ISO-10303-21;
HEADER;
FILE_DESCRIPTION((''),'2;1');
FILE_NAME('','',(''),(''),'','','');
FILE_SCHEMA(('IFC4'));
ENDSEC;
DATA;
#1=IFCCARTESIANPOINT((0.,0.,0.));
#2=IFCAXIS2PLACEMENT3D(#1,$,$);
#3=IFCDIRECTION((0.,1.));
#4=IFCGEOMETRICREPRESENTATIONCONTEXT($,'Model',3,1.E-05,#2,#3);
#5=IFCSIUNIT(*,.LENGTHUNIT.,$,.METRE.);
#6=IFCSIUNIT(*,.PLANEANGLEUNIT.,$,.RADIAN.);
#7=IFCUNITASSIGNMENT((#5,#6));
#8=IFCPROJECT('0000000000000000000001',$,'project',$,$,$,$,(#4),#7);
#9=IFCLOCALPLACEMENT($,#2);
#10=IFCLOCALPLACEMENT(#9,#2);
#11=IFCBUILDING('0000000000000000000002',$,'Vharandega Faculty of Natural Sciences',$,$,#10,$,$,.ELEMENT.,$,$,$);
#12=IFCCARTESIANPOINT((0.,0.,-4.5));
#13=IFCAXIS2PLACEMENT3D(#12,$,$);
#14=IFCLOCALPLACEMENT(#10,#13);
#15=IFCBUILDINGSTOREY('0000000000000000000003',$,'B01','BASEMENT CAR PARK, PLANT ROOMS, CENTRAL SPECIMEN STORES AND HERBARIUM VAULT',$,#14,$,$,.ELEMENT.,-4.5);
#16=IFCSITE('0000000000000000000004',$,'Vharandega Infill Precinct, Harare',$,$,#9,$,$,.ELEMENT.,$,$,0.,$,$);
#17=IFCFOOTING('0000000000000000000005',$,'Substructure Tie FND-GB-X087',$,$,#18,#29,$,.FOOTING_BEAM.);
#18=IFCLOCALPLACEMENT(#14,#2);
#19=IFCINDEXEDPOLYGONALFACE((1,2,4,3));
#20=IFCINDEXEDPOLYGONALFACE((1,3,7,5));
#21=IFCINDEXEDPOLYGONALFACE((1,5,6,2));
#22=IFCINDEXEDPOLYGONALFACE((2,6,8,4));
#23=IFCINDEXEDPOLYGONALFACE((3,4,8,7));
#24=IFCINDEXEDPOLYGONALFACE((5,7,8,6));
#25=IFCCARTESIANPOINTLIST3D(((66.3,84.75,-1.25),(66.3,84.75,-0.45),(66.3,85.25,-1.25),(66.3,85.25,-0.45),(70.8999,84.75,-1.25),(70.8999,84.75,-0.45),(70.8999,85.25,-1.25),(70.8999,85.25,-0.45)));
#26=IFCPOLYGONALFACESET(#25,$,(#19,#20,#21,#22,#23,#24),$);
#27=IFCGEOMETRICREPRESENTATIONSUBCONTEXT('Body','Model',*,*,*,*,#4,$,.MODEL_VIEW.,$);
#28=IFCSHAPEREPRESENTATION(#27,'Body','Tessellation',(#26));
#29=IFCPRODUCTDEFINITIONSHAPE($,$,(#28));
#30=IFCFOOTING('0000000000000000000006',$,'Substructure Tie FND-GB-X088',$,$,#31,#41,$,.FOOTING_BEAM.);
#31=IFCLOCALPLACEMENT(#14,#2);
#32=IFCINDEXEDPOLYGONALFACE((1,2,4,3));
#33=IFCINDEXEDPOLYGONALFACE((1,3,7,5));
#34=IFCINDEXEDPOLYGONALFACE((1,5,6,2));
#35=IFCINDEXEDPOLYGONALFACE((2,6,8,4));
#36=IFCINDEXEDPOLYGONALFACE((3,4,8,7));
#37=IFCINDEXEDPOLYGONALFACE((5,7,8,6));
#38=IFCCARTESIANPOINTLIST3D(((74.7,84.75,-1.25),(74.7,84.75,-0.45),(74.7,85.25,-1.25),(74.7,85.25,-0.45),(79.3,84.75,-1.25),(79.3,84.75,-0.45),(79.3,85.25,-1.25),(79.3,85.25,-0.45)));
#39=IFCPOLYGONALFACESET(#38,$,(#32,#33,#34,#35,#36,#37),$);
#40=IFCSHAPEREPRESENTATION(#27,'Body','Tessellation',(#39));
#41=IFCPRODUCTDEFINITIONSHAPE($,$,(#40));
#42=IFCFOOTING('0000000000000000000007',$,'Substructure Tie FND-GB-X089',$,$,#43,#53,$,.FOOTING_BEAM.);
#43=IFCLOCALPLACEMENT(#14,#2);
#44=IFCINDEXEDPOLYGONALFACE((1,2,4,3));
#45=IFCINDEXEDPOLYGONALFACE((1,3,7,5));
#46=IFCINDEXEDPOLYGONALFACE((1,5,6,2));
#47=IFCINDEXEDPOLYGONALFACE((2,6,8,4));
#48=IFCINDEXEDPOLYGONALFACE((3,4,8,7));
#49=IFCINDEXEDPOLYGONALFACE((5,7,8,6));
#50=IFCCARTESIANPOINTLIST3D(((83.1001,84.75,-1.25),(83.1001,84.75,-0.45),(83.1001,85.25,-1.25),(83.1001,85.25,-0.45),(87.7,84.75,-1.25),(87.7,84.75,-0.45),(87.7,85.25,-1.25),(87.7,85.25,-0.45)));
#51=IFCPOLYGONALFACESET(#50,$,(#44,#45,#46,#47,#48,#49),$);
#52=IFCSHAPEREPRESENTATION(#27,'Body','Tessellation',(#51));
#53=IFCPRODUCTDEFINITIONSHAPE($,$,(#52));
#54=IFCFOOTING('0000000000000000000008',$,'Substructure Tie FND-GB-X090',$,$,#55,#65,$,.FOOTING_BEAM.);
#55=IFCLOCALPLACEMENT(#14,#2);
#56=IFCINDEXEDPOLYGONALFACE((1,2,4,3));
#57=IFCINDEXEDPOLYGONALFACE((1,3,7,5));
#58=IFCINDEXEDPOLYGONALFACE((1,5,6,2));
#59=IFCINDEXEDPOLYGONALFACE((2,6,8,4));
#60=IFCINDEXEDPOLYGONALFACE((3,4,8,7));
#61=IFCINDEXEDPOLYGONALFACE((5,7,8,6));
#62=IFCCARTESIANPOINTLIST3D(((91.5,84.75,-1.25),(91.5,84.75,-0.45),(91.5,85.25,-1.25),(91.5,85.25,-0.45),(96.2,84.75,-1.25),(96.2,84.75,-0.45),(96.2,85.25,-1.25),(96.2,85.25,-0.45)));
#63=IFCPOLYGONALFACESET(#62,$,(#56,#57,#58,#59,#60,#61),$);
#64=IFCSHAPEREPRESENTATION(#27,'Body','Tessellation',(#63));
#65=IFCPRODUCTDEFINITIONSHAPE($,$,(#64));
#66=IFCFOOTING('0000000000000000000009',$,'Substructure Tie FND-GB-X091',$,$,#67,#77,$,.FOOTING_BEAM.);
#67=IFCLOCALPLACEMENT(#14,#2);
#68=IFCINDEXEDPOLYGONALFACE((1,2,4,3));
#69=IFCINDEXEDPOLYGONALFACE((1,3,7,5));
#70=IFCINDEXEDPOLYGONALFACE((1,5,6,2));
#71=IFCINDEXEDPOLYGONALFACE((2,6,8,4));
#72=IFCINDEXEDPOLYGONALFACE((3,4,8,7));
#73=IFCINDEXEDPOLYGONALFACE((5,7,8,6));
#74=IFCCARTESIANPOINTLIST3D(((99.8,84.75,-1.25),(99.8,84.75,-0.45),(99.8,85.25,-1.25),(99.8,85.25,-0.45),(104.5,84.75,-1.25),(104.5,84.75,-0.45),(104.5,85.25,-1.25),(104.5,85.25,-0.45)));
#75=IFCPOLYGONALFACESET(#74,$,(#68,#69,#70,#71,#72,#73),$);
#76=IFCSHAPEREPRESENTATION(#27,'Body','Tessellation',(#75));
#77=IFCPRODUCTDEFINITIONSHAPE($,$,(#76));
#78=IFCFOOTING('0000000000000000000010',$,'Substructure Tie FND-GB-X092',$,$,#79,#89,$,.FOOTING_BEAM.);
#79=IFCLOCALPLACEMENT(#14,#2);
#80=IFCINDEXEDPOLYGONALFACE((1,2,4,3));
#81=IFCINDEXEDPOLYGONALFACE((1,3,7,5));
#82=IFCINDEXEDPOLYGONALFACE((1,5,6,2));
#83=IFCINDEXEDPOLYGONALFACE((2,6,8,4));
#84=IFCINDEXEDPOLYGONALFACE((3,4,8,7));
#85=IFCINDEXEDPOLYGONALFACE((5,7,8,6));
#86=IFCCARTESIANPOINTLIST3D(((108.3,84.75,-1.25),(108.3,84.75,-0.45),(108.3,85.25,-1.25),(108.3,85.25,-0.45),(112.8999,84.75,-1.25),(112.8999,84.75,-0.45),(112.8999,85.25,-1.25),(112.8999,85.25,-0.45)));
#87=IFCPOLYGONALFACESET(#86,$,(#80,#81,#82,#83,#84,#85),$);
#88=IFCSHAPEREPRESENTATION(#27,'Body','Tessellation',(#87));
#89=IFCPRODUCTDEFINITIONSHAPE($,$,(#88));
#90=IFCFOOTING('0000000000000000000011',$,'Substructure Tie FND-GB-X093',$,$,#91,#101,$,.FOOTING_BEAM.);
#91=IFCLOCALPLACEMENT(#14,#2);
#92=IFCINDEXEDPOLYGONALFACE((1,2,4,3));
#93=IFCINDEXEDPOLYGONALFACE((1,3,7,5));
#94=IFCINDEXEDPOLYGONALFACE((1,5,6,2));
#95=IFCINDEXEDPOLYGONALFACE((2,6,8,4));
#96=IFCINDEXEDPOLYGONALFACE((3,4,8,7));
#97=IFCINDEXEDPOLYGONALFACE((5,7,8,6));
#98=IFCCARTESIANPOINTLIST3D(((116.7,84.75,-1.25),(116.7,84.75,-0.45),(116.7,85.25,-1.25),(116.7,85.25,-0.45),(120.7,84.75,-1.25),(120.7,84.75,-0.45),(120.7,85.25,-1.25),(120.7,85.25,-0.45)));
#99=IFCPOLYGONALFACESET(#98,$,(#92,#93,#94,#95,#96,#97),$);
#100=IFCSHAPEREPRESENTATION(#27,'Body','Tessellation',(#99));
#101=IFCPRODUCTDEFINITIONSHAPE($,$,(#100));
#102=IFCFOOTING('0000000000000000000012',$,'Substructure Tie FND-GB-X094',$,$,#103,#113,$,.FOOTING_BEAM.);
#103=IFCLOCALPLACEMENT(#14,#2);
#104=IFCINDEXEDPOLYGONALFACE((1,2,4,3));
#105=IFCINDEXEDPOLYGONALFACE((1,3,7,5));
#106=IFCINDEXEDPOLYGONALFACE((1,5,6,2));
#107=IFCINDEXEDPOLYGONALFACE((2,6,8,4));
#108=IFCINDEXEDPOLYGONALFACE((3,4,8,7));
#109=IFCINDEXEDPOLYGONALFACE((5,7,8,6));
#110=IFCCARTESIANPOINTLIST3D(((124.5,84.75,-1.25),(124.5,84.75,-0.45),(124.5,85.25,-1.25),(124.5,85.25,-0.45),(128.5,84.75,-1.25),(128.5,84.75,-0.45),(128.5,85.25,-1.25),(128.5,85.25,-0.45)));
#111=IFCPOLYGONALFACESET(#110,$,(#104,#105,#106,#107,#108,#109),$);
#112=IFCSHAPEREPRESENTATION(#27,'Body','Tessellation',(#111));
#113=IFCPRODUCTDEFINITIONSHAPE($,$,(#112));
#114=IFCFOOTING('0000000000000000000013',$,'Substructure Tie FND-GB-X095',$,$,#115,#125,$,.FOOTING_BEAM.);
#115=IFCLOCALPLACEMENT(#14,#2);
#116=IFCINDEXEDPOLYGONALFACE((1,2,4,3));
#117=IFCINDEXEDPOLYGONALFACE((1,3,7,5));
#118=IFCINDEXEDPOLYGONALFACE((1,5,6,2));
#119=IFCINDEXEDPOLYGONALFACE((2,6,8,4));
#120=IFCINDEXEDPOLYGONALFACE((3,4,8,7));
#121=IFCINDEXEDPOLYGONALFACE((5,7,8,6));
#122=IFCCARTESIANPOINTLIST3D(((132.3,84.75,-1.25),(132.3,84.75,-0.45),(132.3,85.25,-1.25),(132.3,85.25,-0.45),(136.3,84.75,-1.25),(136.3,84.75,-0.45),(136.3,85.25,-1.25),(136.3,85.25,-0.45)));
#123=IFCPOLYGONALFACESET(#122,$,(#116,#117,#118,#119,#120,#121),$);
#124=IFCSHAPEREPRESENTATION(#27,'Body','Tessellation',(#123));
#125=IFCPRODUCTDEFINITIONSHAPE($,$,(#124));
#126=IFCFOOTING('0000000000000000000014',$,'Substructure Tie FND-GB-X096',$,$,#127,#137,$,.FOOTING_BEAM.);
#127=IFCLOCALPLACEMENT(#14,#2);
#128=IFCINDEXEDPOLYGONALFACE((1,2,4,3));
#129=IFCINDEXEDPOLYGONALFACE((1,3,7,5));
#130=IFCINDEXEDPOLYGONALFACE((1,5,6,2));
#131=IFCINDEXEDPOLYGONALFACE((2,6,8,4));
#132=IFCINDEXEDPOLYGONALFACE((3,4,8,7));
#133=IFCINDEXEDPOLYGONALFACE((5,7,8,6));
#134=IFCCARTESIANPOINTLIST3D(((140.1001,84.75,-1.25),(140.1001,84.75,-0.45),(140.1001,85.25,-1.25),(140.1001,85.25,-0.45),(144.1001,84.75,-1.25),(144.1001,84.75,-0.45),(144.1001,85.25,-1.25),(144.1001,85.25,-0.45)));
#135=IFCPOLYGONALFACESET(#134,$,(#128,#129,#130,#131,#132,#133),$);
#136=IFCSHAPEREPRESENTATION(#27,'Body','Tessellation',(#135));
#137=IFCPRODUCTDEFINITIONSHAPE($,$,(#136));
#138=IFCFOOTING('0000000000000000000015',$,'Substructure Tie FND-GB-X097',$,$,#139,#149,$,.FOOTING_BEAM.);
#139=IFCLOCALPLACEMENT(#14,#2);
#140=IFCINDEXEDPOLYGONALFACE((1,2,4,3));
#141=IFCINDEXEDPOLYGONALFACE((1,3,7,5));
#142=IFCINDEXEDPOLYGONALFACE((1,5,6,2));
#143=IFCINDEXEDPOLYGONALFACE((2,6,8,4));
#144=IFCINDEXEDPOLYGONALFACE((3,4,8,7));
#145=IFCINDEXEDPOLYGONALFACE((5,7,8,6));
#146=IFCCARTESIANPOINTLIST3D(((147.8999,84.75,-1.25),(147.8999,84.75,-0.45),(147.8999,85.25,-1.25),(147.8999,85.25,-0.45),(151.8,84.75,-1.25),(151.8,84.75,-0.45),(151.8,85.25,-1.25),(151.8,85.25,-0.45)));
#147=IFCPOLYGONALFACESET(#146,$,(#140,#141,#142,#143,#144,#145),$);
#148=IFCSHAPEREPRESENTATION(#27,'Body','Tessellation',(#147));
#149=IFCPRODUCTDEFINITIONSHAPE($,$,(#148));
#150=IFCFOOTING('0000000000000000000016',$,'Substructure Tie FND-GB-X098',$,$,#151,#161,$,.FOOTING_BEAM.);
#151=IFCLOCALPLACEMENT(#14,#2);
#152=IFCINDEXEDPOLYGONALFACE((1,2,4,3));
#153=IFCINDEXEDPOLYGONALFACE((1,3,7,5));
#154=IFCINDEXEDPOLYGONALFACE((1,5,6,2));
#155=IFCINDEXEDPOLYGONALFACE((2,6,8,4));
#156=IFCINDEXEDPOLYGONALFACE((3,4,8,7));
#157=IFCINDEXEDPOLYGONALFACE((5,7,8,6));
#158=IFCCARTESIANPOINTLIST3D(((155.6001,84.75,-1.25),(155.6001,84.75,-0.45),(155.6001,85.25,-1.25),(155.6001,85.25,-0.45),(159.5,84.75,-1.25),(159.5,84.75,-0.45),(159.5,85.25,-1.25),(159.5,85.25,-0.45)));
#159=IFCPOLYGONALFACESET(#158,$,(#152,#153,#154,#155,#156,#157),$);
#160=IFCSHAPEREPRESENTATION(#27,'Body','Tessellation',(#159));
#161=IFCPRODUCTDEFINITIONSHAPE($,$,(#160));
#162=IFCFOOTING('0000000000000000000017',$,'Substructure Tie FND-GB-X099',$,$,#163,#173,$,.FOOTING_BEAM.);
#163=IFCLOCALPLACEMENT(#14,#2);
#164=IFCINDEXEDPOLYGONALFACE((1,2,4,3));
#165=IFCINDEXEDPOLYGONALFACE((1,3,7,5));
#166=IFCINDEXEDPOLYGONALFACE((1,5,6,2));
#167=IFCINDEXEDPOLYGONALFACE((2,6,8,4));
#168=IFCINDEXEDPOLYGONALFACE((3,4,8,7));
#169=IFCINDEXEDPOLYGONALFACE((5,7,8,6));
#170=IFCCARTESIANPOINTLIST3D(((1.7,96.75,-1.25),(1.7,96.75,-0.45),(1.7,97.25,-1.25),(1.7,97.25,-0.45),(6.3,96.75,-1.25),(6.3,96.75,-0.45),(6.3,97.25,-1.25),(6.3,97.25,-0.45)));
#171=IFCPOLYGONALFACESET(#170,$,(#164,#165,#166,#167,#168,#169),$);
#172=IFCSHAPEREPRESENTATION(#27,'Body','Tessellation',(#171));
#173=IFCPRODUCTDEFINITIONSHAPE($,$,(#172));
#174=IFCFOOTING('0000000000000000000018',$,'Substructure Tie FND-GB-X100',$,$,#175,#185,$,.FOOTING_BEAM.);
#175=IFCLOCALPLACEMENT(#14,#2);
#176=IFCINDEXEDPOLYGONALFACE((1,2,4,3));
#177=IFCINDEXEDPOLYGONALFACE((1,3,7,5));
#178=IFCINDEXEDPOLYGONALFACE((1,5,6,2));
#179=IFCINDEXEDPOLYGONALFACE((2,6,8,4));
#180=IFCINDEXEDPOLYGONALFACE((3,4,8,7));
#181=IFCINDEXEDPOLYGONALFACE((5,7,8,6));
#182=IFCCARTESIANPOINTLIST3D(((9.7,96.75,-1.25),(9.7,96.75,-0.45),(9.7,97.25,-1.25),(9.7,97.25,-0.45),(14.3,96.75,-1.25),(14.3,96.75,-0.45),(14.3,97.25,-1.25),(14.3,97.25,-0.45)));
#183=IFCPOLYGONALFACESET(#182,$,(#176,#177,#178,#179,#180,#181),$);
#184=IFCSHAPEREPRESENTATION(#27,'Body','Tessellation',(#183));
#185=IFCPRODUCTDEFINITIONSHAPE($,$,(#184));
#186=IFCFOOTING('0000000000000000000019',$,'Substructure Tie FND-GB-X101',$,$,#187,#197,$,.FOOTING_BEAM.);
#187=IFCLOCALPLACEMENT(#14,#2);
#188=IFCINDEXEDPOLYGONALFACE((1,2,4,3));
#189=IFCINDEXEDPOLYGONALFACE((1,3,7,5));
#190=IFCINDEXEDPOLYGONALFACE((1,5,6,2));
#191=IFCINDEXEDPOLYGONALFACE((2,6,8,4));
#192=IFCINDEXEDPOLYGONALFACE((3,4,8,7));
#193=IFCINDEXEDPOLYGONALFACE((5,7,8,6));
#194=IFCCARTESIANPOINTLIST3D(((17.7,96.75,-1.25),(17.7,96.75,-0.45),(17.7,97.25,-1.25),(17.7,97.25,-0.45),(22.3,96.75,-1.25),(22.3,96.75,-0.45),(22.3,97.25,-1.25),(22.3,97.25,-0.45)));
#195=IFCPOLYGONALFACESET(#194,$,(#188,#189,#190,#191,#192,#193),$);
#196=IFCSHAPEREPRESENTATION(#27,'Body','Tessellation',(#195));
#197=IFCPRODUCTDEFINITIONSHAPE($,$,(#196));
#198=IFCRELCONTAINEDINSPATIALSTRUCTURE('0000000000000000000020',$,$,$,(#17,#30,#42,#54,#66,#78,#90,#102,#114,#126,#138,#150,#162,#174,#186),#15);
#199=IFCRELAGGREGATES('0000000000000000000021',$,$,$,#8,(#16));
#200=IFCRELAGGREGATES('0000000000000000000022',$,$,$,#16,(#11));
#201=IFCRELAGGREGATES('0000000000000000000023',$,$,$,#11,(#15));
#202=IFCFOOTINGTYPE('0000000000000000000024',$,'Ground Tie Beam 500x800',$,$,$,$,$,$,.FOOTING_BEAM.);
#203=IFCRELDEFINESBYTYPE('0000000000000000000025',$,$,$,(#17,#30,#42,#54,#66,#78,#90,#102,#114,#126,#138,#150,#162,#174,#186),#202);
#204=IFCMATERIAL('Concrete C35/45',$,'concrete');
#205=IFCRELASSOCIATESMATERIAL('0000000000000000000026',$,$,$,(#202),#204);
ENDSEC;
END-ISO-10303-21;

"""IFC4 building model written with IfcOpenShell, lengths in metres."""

from ifc_helpers import new_model, si_unit, direction, frame, origin, place, context, subcontext, project, spatial, polyline, outline, extrude, material, type_object, element, save


model = new_model("IFC4")

# Units and contexts
model_context = context("Model", 3, precision=1e-05, world=origin(), true_north=direction((0.0, 1.0)))
body_context = subcontext(model_context, "Body", "Model", "MODEL_VIEW")
ifc_project = project(units=[si_unit("LENGTHUNIT", "METRE"), si_unit("PLANEANGLEUNIT", "RADIAN")], contexts=[model_context])

# Site, building, storey
site_placement = place(None, origin())
site = spatial("IfcSite", under=ifc_project, at=site_placement, Name="Vharandega Infill Precinct, Harare", CompositionType="ELEMENT", RefElevation=0.0)
building_placement = place(site_placement, origin())
building = spatial("IfcBuilding", under=site, at=building_placement, Name="Vharandega Faculty of Natural Sciences", CompositionType="ELEMENT")
storey_placement = place(building_placement, frame((0.0, 0.0, -4.5)))
storey = spatial("IfcBuildingStorey", under=building, at=storey_placement, Name="B01", Description="BASEMENT CAR PARK, PLANT ROOMS, CENTRAL SPECIMEN STORES AND HERBARIUM VAULT", CompositionType="ELEMENT", Elevation=-4.5)

# Footings
ifc_material = material(Name="Concrete C35/45", Category="concrete")
footing_type = type_object("IfcFootingType", Name="Ground Tie Beam 500x800", PredefinedType="FOOTING_BEAM", material=ifc_material)
footing_1_placement = place(storey_placement, frame((0.0, 0.0, -1.25)))
element("IfcFooting", 1, at=footing_1_placement, inside=storey, type_object=footing_type, Name="Substructure Tie FND-GB-X087", PredefinedType="FOOTING_BEAM", context=body_context, shape_type="SweptSolid", body=[
    extrude(outline(polyline([(66.3, 84.75), (70.8999, 84.75), (70.8999, 85.25), (66.3, 85.25), (66.3, 84.75)])), origin(), (0.0, 0.0, 1.0), 0.8),
])
footing_2_placement = place(storey_placement, frame((0.0, 0.0, -1.25)))
element("IfcFooting", 2, at=footing_2_placement, inside=storey, type_object=footing_type, Name="Substructure Tie FND-GB-X088", PredefinedType="FOOTING_BEAM", context=body_context, shape_type="SweptSolid", body=[
    extrude(outline(polyline([(74.7, 84.75), (79.3, 84.75), (79.3, 85.25), (74.7, 85.25), (74.7, 84.75)])), origin(), (0.0, 0.0, 1.0), 0.8),
])
footing_3_placement = place(storey_placement, frame((0.0, 0.0, -1.25)))
element("IfcFooting", 3, at=footing_3_placement, inside=storey, type_object=footing_type, Name="Substructure Tie FND-GB-X089", PredefinedType="FOOTING_BEAM", context=body_context, shape_type="SweptSolid", body=[
    extrude(outline(polyline([(83.1001, 84.75), (87.7, 84.75), (87.7, 85.25), (83.1001, 85.25), (83.1001, 84.75)])), origin(), (0.0, 0.0, 1.0), 0.8),
])
footing_4_placement = place(storey_placement, frame((0.0, 0.0, -1.25)))
element("IfcFooting", 4, at=footing_4_placement, inside=storey, type_object=footing_type, Name="Substructure Tie FND-GB-X090", PredefinedType="FOOTING_BEAM", context=body_context, shape_type="SweptSolid", body=[
    extrude(outline(polyline([(91.5, 84.75), (96.2, 84.75), (96.2, 85.25), (91.5, 85.25), (91.5, 84.75)])), origin(), (0.0, 0.0, 1.0), 0.8),
])
footing_5_placement = place(storey_placement, frame((0.0, 0.0, -1.25)))
element("IfcFooting", 5, at=footing_5_placement, inside=storey, type_object=footing_type, Name="Substructure Tie FND-GB-X091", PredefinedType="FOOTING_BEAM", context=body_context, shape_type="SweptSolid", body=[
    extrude(outline(polyline([(99.8, 84.75), (104.5, 84.75), (104.5, 85.25), (99.8, 85.25), (99.8, 84.75)])), origin(), (0.0, 0.0, 1.0), 0.8),
])
footing_6_placement = place(storey_placement, frame((0.0, 0.0, -1.25)))
element("IfcFooting", 6, at=footing_6_placement, inside=storey, type_object=footing_type, Name="Substructure Tie FND-GB-X092", PredefinedType="FOOTING_BEAM", context=body_context, shape_type="SweptSolid", body=[
    extrude(outline(polyline([(108.3, 84.75), (112.8999, 84.75), (112.8999, 85.25), (108.3, 85.25), (108.3, 84.75)])), origin(), (0.0, 0.0, 1.0), 0.8),
])
footing_7_placement = place(storey_placement, frame((0.0, 0.0, -1.25)))
element("IfcFooting", 7, at=footing_7_placement, inside=storey, type_object=footing_type, Name="Substructure Tie FND-GB-X093", PredefinedType="FOOTING_BEAM", context=body_context, shape_type="SweptSolid", body=[
    extrude(outline(polyline([(116.7, 84.75), (120.7, 84.75), (120.7, 85.25), (116.7, 85.25), (116.7, 84.75)])), origin(), (0.0, 0.0, 1.0), 0.8),
])
footing_8_placement = place(storey_placement, frame((0.0, 0.0, -1.25)))
element("IfcFooting", 8, at=footing_8_placement, inside=storey, type_object=footing_type, Name="Substructure Tie FND-GB-X094", PredefinedType="FOOTING_BEAM", context=body_context, shape_type="SweptSolid", body=[
    extrude(outline(polyline([(124.5, 84.75), (128.5, 84.75), (128.5, 85.25), (124.5, 85.25), (124.5, 84.75)])), origin(), (0.0, 0.0, 1.0), 0.8),
])
footing_9_placement = place(storey_placement, frame((0.0, 0.0, -1.25)))
element("IfcFooting", 9, at=footing_9_placement, inside=storey, type_object=footing_type, Name="Substructure Tie FND-GB-X095", PredefinedType="FOOTING_BEAM", context=body_context, shape_type="SweptSolid", body=[
    extrude(outline(polyline([(132.3, 84.75), (136.3, 84.75), (136.3, 85.25), (132.3, 85.25), (132.3, 84.75)])), origin(), (0.0, 0.0, 1.0), 0.8),
])
footing_10_placement = place(storey_placement, frame((0.0, 0.0, -1.25)))
element("IfcFooting", 10, at=footing_10_placement, inside=storey, type_object=footing_type, Name="Substructure Tie FND-GB-X096", PredefinedType="FOOTING_BEAM", context=body_context, shape_type="SweptSolid", body=[
    extrude(outline(polyline([(140.1001, 84.75), (144.1001, 84.75), (144.1001, 85.25), (140.1001, 85.25), (140.1001, 84.75)])), origin(), (0.0, 0.0, 1.0), 0.8),
])
footing_11_placement = place(storey_placement, frame((0.0, 0.0, -1.25)))
element("IfcFooting", 11, at=footing_11_placement, inside=storey, type_object=footing_type, Name="Substructure Tie FND-GB-X097", PredefinedType="FOOTING_BEAM", context=body_context, shape_type="SweptSolid", body=[
    extrude(outline(polyline([(147.8999, 84.75), (151.8, 84.75), (151.8, 85.25), (147.8999, 85.25), (147.8999, 84.75)])), origin(), (0.0, 0.0, 1.0), 0.8),
])
footing_12_placement = place(storey_placement, frame((0.0, 0.0, -1.25)))
element("IfcFooting", 12, at=footing_12_placement, inside=storey, type_object=footing_type, Name="Substructure Tie FND-GB-X098", PredefinedType="FOOTING_BEAM", context=body_context, shape_type="SweptSolid", body=[
    extrude(outline(polyline([(155.6001, 84.75), (159.5, 84.75), (159.5, 85.25), (155.6001, 85.25), (155.6001, 84.75)])), origin(), (0.0, 0.0, 1.0), 0.8),
])
footing_13_placement = place(storey_placement, frame((0.0, 0.0, -1.25)))
element("IfcFooting", 13, at=footing_13_placement, inside=storey, type_object=footing_type, Name="Substructure Tie FND-GB-X099", PredefinedType="FOOTING_BEAM", context=body_context, shape_type="SweptSolid", body=[
    extrude(outline(polyline([(1.7, 96.75), (6.3, 96.75), (6.3, 97.25), (1.7, 97.25), (1.7, 96.75)])), origin(), (0.0, 0.0, 1.0), 0.8),
])
footing_14_placement = place(storey_placement, frame((0.0, 0.0, -1.25)))
element("IfcFooting", 14, at=footing_14_placement, inside=storey, type_object=footing_type, Name="Substructure Tie FND-GB-X100", PredefinedType="FOOTING_BEAM", context=body_context, shape_type="SweptSolid", body=[
    extrude(outline(polyline([(9.7, 96.75), (14.3, 96.75), (14.3, 97.25), (9.7, 97.25), (9.7, 96.75)])), origin(), (0.0, 0.0, 1.0), 0.8),
])
footing_15_placement = place(storey_placement, frame((0.0, 0.0, -1.25)))
element("IfcFooting", 15, at=footing_15_placement, inside=storey, type_object=footing_type, Name="Substructure Tie FND-GB-X101", PredefinedType="FOOTING_BEAM", context=body_context, shape_type="SweptSolid", body=[
    extrude(outline(polyline([(17.7, 96.75), (22.3, 96.75), (22.3, 97.25), (17.7, 97.25), (17.7, 96.75)])), origin(), (0.0, 0.0, 1.0), 0.8),
])

save(model, "model.ifc")
